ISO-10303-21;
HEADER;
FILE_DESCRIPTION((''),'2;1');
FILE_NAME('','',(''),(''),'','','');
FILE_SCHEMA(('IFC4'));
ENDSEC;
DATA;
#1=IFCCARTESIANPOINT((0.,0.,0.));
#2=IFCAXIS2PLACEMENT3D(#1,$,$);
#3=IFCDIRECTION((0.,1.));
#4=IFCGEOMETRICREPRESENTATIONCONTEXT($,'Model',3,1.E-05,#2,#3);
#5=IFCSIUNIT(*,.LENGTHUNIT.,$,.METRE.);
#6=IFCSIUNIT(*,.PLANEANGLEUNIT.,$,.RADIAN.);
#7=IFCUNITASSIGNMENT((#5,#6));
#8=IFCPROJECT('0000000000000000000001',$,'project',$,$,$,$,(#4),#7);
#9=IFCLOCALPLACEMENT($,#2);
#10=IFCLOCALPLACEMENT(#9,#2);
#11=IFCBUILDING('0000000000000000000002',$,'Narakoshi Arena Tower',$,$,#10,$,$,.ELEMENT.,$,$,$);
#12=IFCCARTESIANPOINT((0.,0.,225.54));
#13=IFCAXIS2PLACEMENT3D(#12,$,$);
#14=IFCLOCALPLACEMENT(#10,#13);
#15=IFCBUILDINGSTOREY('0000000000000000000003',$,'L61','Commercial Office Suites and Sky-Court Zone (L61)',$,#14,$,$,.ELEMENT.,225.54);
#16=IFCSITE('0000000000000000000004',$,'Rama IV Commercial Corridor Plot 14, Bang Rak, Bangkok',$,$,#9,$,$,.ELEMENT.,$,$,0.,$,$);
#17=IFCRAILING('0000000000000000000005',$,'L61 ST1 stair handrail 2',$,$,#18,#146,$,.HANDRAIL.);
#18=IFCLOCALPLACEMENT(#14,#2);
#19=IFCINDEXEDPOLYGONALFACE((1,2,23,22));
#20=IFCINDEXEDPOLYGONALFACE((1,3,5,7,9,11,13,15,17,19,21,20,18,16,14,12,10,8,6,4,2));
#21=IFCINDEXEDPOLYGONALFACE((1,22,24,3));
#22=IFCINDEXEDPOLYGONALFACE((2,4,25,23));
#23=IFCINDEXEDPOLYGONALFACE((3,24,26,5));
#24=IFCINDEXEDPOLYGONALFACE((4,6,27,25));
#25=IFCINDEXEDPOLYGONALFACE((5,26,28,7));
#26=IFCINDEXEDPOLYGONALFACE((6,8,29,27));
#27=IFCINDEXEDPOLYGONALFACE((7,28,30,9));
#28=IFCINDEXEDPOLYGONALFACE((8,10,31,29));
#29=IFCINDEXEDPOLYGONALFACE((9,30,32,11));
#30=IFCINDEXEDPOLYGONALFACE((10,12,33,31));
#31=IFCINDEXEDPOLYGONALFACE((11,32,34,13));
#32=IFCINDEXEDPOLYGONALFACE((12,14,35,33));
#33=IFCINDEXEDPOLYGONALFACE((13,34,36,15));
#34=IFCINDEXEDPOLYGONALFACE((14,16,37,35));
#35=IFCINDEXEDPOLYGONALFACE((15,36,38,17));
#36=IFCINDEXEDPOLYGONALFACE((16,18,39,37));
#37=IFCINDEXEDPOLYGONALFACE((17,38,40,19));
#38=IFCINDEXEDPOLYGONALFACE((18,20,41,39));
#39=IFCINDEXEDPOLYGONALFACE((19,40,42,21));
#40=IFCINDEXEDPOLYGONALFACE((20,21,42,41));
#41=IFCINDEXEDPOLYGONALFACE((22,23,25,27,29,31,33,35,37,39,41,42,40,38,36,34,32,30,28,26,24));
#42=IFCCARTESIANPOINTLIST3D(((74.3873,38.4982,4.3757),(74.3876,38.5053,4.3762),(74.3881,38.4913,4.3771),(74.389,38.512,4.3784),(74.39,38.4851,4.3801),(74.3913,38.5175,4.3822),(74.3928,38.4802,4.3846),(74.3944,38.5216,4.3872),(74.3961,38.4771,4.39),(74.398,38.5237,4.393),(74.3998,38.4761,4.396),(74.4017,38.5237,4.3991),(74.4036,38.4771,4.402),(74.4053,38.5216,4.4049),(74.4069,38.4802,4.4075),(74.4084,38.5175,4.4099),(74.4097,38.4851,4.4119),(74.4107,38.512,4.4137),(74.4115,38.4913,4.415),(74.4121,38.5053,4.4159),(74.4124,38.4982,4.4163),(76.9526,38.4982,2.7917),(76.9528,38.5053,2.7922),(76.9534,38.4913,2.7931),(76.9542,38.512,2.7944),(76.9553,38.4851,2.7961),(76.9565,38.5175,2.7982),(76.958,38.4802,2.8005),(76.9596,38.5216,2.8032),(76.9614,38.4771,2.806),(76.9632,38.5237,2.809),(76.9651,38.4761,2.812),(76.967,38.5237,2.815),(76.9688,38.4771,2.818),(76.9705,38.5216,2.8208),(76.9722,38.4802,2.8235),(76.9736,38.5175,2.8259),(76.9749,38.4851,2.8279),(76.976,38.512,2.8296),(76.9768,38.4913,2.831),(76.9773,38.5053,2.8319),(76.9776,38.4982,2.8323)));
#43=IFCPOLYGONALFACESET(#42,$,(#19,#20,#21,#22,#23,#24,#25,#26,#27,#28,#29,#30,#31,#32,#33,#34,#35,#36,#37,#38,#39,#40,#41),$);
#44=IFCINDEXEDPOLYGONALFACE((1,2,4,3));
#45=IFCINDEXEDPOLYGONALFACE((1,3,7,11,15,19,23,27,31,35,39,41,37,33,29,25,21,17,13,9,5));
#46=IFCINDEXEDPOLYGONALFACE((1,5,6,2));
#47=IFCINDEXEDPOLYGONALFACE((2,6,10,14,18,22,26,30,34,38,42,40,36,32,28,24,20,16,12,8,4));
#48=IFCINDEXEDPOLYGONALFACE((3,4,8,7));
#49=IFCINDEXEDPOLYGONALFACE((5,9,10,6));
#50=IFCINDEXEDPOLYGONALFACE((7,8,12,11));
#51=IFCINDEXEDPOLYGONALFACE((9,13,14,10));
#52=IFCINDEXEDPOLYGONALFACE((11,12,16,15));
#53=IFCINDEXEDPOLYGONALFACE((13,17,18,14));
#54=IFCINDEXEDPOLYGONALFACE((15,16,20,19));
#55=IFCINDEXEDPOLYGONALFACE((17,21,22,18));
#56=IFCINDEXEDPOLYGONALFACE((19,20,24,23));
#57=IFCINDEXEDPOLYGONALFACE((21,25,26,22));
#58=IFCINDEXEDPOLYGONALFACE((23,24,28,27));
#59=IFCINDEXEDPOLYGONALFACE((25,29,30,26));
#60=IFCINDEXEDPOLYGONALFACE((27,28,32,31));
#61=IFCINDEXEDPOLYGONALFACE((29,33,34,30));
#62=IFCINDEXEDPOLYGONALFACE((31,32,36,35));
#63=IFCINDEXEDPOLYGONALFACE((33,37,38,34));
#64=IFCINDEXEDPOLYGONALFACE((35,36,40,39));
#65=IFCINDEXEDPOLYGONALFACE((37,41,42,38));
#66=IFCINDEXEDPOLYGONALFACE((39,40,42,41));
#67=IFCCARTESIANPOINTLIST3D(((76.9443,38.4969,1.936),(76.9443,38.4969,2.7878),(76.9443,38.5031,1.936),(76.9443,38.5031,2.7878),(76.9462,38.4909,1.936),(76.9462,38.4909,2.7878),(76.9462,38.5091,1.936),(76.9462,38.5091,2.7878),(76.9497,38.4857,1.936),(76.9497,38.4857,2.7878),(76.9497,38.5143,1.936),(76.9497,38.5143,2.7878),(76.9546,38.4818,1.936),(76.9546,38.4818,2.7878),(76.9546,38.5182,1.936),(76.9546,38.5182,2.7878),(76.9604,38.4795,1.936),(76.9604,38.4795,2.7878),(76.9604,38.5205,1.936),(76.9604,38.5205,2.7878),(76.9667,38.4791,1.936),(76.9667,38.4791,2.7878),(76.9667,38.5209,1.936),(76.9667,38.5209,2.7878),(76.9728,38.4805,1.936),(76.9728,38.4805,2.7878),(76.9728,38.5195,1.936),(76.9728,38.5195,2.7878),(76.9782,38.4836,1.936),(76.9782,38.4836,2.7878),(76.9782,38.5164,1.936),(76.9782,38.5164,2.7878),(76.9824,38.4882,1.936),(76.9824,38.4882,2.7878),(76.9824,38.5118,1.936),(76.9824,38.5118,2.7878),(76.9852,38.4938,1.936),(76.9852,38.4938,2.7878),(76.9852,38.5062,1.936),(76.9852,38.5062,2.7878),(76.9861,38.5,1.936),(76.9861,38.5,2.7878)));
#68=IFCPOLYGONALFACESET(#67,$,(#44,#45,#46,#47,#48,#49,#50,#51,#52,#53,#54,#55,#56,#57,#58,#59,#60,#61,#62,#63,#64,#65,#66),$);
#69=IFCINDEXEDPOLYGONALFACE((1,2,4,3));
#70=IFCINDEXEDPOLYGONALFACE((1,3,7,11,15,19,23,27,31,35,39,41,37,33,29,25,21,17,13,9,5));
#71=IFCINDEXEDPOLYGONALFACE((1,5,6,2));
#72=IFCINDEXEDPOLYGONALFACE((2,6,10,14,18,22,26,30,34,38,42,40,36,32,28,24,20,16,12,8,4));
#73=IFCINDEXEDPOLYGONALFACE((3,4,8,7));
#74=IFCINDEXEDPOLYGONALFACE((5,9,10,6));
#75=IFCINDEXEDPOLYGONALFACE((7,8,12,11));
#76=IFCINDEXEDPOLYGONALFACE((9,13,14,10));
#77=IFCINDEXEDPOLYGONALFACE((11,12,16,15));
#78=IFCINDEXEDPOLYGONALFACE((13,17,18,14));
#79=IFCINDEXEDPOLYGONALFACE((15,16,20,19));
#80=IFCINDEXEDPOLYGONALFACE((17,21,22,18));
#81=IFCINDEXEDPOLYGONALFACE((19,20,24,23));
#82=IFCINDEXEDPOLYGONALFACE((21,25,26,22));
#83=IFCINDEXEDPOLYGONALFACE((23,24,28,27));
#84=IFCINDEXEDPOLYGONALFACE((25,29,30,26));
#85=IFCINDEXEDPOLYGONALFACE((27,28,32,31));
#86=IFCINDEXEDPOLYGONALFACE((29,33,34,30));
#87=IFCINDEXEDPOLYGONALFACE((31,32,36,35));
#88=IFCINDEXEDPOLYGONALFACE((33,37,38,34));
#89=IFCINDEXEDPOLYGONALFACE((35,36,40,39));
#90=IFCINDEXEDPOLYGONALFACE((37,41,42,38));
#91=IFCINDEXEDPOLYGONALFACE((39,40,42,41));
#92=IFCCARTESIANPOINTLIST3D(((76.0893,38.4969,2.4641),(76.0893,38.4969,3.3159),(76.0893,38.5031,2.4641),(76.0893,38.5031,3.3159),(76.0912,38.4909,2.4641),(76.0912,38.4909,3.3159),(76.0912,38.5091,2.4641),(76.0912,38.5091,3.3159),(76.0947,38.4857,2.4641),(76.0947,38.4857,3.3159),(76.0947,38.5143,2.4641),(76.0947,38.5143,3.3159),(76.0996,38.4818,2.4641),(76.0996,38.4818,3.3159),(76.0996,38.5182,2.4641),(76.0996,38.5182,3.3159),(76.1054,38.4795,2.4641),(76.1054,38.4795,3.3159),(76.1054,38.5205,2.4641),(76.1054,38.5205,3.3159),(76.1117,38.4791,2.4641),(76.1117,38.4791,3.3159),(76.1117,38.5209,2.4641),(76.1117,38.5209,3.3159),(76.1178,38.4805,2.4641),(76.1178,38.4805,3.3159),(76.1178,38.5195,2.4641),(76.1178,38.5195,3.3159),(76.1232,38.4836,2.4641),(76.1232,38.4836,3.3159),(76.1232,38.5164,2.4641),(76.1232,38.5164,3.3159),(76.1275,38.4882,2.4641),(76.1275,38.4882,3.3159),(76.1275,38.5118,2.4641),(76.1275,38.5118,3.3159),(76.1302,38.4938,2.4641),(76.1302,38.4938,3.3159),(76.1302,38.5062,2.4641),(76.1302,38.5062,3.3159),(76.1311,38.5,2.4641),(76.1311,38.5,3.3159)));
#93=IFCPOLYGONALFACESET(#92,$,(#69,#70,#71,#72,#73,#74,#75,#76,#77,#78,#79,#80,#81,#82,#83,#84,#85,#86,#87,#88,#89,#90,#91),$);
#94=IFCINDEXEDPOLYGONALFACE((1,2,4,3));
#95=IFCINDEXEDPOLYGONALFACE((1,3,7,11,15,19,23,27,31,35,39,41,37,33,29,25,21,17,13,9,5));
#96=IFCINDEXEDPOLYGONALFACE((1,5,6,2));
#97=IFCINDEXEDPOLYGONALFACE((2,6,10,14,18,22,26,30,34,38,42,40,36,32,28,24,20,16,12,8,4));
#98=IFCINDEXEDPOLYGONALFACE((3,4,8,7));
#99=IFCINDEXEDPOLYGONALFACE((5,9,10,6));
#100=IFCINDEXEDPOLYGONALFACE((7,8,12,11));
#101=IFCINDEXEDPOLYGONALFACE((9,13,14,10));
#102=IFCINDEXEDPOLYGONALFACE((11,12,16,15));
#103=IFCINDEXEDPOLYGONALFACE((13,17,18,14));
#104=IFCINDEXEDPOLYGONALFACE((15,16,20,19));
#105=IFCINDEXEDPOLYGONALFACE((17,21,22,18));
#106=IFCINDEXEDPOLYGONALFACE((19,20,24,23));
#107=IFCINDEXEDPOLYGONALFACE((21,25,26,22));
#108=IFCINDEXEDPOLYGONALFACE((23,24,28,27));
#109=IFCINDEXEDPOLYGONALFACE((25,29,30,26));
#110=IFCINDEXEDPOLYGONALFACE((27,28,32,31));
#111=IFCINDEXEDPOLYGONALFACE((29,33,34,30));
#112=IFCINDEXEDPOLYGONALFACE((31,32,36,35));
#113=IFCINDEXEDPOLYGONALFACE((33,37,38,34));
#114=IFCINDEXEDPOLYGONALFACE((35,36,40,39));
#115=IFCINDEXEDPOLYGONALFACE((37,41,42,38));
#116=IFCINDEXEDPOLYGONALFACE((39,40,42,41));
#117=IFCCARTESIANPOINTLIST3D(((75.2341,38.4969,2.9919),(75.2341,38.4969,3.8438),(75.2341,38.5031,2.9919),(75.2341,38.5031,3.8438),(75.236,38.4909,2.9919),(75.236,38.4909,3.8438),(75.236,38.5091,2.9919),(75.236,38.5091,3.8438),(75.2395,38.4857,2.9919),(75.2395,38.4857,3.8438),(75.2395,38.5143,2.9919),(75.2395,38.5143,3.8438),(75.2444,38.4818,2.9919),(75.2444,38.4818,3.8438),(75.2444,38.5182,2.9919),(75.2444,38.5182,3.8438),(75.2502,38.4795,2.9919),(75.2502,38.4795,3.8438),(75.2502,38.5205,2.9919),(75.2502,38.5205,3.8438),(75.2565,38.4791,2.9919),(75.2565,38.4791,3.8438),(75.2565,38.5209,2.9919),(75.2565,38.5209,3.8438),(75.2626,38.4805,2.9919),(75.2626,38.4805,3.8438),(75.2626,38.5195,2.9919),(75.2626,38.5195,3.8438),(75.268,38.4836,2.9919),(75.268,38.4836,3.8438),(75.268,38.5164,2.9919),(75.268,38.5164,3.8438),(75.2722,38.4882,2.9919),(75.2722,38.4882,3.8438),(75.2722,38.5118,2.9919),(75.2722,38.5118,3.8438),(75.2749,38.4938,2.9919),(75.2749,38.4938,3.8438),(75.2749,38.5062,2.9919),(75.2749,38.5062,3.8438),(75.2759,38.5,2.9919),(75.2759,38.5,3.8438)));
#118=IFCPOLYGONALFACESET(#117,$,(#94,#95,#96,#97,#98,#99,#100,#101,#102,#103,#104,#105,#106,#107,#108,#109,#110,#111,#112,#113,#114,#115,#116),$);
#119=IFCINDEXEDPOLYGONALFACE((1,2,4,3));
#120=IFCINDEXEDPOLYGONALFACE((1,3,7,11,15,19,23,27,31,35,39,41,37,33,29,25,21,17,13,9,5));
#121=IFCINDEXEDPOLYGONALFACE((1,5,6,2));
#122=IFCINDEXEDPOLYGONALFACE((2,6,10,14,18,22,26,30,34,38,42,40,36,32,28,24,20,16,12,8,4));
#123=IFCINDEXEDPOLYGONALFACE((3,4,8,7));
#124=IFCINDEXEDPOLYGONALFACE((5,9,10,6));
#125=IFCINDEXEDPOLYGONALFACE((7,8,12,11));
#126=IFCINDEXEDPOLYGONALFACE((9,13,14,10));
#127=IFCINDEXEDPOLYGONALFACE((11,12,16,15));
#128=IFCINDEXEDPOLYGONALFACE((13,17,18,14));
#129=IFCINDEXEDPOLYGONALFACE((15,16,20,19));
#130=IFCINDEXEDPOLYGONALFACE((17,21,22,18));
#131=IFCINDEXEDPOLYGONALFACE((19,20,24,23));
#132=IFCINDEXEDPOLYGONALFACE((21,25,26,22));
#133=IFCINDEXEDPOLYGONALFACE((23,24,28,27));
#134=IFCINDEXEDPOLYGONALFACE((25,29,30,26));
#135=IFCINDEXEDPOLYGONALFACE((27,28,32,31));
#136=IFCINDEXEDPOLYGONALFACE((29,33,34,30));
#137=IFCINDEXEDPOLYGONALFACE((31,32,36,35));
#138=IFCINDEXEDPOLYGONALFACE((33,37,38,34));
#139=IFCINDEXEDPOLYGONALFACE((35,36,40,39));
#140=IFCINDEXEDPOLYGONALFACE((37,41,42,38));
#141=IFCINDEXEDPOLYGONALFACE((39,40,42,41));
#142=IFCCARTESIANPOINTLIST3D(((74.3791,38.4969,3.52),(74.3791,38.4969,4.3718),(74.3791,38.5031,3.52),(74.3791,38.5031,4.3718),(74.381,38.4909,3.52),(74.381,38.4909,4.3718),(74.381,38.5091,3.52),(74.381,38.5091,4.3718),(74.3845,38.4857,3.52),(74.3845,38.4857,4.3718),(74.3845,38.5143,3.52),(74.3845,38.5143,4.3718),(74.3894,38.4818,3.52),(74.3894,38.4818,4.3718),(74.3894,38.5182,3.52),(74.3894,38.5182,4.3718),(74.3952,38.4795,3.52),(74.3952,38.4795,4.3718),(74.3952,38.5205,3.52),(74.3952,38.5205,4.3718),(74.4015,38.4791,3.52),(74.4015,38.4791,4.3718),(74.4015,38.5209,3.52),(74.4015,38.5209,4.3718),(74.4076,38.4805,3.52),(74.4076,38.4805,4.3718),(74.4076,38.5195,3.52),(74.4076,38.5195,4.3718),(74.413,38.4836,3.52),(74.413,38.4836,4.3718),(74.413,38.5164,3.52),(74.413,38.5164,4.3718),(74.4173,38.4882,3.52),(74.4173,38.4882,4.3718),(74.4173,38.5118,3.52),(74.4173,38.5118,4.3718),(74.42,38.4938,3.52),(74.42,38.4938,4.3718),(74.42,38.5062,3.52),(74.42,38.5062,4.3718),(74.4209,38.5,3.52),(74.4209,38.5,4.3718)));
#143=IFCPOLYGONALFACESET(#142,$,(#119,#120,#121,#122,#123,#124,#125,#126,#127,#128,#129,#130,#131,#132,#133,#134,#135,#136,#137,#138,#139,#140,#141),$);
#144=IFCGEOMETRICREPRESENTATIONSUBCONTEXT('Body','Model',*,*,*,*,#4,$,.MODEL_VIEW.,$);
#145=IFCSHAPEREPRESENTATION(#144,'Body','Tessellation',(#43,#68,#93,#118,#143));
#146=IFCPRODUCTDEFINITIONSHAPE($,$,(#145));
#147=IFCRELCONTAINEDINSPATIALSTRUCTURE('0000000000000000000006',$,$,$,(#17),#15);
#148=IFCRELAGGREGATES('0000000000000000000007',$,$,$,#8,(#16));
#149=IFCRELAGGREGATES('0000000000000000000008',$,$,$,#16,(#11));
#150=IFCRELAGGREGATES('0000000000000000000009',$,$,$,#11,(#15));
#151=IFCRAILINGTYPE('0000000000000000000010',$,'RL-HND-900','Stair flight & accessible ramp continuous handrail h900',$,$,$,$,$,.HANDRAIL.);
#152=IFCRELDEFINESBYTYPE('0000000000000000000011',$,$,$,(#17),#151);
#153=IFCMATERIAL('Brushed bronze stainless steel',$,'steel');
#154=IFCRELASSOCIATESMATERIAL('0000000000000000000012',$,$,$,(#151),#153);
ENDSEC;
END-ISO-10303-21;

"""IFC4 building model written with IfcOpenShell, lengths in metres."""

from ifc_helpers import new_model, si_unit, direction, frame, origin, origin_2d, place, context, subcontext, project, spatial, circle, extrude, material, type_object, element, save


model = new_model("IFC4")

# Units and contexts
model_context = context("Model", 3, precision=1e-05, world=origin(), true_north=direction((0.0, 1.0)))
body_context = subcontext(model_context, "Body", "Model", "MODEL_VIEW")
ifc_project = project(units=[si_unit("LENGTHUNIT", "METRE"), si_unit("PLANEANGLEUNIT", "RADIAN")], contexts=[model_context])

# Site, building, storey
site_placement = place(None, origin())
site = spatial("IfcSite", under=ifc_project, at=site_placement, Name="Rama IV Commercial Corridor Plot 14, Bang Rak, Bangkok", CompositionType="ELEMENT", RefElevation=0.0)
building_placement = place(site_placement, origin())
building = spatial("IfcBuilding", under=site, at=building_placement, Name="Narakoshi Arena Tower", CompositionType="ELEMENT")
storey_placement = place(building_placement, frame((0.0, 0.0, 225.54)))
storey = spatial("IfcBuildingStorey", under=building, at=storey_placement, Name="L61", Description="Commercial Office Suites and Sky-Court Zone (L61)", CompositionType="ELEMENT", Elevation=225.54)

# Railing
ifc_material_1 = material(Name="Brushed bronze stainless steel", Category="steel")
railing_type_1 = type_object("IfcRailingType", Name="RL-HND-900", Description="Stair flight & accessible ramp continuous handrail h900", PredefinedType="HANDRAIL", material=ifc_material_1)
railing_1_placement = place(storey_placement, frame((76.9651, 38.5, 1.936)))
element("IfcRailing", 1, at=railing_1_placement, inside=storey, type_object=railing_type_1, Name="L61 ST1 stair handrail 2", PredefinedType="HANDRAIL", context=body_context, shape_type="SweptSolid", body=[
    extrude(circle(Radius=0.0239, at=origin_2d()), frame((0.0, 0.0, 0.876), z_axis=(-0.850857, 0.0, 0.525398), x_axis=(0.0, -1.0, 0.0)), (0.0, 0.0, 1.0), 3.0149),
    extrude(circle(Radius=0.021, at=origin_2d()), origin(), (0.0, 0.0, 1.0), 0.8518),
    extrude(circle(Radius=0.021, at=origin_2d()), frame((-0.855, 0.0, 0.5281)), (0.0, 0.0, 1.0), 0.8518),
    extrude(circle(Radius=0.021, at=origin_2d()), frame((-1.7102, 0.0, 1.0559)), (0.0, 0.0, 1.0), 0.8518),
    extrude(circle(Radius=0.021, at=origin_2d()), frame((-2.5652, 0.0, 1.584)), (0.0, 0.0, 1.0), 0.8518),
])

save(model, "model.ifc")
